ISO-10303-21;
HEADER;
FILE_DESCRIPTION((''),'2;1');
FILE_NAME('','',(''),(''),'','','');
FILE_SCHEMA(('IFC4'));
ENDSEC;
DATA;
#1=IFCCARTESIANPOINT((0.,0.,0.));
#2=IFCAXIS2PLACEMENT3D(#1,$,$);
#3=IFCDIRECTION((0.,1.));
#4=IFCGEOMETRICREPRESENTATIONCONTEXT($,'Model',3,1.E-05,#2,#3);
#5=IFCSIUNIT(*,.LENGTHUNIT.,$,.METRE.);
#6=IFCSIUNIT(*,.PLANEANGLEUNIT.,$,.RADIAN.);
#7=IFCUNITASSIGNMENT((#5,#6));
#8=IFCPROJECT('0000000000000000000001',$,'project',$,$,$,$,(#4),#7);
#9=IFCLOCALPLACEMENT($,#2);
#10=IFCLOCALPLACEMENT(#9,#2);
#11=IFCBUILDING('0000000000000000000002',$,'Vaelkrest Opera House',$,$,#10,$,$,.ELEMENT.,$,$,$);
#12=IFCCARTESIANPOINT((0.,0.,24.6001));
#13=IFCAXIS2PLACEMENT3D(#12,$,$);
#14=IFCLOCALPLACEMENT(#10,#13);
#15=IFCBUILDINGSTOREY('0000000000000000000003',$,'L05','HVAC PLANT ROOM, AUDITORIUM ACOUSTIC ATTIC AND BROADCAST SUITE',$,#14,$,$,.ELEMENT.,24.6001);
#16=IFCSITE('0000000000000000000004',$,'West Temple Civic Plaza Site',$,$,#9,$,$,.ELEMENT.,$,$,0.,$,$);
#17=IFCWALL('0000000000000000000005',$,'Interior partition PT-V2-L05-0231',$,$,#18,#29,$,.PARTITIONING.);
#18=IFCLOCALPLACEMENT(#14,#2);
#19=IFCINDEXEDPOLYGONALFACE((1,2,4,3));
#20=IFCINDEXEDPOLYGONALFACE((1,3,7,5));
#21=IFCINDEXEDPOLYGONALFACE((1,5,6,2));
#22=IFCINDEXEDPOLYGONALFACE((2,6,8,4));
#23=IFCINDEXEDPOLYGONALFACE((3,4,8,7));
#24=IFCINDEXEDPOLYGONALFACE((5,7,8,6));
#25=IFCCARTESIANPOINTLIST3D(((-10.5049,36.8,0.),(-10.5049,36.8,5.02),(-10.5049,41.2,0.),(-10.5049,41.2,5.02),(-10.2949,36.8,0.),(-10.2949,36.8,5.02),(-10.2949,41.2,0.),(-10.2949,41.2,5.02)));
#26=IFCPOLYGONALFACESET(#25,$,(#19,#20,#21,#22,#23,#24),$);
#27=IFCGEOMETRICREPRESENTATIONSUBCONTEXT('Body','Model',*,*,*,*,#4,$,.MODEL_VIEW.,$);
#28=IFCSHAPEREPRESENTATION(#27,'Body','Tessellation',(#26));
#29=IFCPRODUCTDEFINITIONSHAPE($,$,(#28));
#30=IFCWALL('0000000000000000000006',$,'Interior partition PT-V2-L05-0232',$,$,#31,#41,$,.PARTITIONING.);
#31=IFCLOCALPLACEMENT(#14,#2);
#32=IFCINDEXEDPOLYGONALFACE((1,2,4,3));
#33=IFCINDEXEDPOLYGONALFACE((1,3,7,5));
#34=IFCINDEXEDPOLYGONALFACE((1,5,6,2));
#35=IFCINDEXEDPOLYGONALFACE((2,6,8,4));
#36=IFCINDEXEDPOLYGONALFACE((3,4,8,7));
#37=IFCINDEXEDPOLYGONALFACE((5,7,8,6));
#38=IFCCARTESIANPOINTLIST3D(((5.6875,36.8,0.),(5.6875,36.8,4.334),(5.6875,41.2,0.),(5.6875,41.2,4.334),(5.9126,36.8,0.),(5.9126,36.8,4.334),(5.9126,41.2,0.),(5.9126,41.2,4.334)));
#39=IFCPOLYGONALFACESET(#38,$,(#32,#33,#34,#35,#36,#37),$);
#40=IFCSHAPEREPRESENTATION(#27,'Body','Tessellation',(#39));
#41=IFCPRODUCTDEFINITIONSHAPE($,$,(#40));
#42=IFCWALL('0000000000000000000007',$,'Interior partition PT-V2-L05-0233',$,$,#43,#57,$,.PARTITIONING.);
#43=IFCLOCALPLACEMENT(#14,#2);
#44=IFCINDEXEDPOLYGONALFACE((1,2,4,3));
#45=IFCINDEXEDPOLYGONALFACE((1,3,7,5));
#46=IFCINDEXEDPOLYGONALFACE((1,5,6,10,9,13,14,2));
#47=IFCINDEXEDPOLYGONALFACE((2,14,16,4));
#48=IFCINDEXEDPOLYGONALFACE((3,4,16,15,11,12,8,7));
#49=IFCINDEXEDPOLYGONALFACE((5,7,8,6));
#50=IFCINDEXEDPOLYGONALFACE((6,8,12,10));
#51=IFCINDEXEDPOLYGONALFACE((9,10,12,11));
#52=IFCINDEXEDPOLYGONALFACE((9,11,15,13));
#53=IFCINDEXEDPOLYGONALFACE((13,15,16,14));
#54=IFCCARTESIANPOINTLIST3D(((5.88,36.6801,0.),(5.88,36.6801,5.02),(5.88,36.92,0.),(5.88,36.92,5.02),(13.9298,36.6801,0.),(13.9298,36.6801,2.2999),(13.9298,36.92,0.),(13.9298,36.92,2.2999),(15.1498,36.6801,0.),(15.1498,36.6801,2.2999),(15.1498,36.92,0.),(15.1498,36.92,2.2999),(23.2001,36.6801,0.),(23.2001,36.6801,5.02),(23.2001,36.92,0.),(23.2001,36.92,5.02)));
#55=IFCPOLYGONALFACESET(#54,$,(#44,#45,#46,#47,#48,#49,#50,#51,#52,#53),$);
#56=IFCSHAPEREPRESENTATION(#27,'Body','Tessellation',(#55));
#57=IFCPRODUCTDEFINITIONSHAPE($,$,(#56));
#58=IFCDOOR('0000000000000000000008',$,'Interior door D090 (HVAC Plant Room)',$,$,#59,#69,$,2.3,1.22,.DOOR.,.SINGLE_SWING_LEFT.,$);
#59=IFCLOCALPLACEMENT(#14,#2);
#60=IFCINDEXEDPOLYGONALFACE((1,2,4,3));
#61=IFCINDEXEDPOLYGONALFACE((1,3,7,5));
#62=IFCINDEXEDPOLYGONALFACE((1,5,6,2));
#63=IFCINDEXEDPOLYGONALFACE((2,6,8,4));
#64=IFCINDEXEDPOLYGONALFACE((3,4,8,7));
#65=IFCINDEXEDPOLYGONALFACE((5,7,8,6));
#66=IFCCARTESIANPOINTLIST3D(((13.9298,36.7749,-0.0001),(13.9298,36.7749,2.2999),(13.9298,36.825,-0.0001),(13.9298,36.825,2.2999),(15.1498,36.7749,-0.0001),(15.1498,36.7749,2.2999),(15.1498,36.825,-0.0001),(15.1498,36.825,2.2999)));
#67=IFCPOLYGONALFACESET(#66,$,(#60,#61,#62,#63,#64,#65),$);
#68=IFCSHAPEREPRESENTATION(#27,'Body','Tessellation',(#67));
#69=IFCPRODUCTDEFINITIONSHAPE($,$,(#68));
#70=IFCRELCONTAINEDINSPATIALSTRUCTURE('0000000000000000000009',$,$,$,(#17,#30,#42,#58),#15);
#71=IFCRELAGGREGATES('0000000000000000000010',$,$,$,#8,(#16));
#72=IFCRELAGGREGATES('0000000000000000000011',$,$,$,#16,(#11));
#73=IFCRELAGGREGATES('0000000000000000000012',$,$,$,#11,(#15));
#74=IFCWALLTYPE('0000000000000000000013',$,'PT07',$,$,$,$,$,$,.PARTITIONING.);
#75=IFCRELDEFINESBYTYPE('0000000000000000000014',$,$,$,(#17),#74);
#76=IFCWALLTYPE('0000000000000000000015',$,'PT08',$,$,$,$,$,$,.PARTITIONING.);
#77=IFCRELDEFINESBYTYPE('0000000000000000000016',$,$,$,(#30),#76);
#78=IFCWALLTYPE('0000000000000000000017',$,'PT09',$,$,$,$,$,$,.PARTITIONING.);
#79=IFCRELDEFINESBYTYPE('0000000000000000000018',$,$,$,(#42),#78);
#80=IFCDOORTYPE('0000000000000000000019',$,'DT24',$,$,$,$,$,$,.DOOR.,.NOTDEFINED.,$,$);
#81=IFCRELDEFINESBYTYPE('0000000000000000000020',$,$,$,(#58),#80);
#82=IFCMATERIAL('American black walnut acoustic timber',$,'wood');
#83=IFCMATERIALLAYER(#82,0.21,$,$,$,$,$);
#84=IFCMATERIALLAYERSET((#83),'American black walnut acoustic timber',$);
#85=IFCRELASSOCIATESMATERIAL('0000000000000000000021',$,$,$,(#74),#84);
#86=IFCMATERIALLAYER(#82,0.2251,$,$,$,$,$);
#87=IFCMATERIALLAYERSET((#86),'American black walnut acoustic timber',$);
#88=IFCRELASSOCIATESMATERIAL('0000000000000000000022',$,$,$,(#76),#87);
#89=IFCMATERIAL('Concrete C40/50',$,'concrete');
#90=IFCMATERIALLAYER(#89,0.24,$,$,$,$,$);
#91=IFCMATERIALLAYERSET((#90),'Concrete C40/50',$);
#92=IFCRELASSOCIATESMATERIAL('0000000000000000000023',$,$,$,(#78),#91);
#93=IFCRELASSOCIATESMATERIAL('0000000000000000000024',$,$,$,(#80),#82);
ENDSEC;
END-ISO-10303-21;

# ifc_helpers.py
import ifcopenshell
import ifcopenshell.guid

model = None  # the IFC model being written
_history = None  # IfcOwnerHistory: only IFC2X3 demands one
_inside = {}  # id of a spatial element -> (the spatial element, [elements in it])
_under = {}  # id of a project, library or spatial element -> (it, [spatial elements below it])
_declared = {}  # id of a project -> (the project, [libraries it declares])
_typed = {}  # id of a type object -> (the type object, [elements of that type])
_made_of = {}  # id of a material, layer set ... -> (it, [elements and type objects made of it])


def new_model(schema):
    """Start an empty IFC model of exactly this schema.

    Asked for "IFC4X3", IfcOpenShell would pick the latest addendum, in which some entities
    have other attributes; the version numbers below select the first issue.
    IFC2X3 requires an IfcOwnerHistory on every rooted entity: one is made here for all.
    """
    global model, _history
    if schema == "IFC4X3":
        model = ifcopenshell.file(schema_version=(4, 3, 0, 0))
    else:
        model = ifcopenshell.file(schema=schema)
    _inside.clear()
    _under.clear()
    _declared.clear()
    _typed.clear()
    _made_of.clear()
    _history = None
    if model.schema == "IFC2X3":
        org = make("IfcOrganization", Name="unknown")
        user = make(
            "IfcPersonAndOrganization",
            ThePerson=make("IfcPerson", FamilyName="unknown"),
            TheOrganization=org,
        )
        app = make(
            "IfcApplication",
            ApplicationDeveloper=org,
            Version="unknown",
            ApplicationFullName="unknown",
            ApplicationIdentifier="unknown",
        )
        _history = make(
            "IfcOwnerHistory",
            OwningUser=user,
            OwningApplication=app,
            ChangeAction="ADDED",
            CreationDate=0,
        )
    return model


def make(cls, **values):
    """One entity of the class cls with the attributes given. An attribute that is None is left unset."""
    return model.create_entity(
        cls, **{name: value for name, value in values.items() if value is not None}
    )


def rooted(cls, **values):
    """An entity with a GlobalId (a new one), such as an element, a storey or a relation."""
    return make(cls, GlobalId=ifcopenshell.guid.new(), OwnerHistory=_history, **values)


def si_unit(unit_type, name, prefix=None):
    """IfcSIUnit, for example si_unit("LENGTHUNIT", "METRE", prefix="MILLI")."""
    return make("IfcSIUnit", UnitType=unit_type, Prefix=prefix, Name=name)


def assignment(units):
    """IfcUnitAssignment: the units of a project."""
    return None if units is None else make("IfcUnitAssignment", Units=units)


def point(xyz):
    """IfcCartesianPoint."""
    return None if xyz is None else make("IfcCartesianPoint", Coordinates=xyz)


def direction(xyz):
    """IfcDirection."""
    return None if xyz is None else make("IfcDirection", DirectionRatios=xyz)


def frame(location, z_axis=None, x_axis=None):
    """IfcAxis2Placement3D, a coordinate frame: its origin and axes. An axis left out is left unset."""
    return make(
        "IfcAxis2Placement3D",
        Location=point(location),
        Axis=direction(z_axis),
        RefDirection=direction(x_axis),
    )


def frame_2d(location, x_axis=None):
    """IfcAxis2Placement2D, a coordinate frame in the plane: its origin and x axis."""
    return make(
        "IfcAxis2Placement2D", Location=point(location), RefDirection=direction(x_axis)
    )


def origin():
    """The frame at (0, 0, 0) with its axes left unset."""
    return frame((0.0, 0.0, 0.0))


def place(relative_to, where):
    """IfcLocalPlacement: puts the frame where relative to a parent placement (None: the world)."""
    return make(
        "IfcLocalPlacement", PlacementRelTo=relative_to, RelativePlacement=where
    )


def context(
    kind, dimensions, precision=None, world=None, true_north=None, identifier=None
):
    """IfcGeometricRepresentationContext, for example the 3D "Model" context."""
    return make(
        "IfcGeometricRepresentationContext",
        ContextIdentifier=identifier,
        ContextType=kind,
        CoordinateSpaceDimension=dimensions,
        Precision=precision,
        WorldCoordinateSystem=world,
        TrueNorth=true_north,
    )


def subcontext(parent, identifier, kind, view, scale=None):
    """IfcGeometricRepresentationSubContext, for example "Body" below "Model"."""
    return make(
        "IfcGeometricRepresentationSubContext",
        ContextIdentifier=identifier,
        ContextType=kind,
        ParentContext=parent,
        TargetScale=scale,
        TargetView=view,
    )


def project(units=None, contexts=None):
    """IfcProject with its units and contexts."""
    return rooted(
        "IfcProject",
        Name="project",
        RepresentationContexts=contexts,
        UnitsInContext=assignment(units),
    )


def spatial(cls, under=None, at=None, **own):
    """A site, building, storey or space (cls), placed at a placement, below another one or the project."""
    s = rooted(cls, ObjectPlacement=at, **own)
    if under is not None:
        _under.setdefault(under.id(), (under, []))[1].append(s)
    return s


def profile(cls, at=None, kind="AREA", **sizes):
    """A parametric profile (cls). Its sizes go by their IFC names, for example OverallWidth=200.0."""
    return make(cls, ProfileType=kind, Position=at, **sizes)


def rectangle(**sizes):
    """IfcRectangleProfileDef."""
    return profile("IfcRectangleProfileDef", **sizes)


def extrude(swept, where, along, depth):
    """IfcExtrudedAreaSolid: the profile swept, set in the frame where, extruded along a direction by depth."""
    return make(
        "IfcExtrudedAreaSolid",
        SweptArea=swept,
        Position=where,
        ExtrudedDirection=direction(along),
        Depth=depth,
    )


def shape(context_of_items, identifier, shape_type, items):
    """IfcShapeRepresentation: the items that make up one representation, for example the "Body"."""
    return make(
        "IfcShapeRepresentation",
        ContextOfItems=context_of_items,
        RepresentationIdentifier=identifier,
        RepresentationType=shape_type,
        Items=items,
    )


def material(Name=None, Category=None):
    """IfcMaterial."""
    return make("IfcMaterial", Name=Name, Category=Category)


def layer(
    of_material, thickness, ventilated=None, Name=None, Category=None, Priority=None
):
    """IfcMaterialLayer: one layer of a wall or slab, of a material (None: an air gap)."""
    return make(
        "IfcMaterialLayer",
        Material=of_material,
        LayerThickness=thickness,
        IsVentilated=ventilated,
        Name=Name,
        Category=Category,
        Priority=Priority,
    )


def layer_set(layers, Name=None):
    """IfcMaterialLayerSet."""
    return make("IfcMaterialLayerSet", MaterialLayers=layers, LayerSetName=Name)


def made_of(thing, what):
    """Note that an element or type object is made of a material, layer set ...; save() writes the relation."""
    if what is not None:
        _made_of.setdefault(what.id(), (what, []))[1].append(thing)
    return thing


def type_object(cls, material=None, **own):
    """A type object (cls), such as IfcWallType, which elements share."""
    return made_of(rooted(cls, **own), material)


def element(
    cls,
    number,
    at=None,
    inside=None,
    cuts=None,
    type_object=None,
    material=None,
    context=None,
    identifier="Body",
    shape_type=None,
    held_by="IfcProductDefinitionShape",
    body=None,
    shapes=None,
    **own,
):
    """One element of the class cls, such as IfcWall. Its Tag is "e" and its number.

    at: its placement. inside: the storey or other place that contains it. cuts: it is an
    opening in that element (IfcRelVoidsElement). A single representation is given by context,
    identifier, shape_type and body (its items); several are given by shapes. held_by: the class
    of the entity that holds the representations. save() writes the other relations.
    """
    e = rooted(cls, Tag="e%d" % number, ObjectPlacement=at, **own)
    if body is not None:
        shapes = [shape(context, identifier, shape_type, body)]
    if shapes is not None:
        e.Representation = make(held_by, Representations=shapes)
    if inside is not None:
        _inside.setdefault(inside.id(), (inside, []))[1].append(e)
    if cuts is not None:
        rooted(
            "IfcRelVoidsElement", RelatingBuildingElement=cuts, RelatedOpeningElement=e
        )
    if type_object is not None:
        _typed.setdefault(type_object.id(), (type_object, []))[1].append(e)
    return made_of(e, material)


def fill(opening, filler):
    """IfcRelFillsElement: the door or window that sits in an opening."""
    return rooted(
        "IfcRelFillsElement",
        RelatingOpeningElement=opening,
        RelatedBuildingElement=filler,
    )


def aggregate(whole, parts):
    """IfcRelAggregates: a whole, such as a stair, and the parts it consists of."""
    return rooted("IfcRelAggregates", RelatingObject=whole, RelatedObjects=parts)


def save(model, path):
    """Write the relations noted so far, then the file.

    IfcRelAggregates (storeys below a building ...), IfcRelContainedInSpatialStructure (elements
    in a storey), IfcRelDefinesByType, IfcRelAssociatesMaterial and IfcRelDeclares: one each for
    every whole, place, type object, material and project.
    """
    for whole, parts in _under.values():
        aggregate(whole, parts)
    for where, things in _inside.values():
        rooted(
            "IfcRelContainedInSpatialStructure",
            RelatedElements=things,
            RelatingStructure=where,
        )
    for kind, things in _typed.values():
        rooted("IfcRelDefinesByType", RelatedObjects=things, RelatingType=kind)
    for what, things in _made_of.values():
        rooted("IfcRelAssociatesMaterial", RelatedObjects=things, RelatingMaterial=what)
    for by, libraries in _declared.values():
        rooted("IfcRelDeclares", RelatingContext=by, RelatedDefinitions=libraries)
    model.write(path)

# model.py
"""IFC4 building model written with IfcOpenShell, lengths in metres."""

from ifc_helpers import new_model, si_unit, direction, frame, frame_2d, origin, place, context, subcontext, project, spatial, rectangle, extrude, material, layer, layer_set, type_object, element, fill, save


model = new_model("IFC4")

# Units and contexts
model_context = context("Model", 3, precision=1e-05, world=origin(), true_north=direction((0.0, 1.0)))
body_context = subcontext(model_context, "Body", "Model", "MODEL_VIEW")
ifc_project = project(units=[si_unit("LENGTHUNIT", "METRE"), si_unit("PLANEANGLEUNIT", "RADIAN")], contexts=[model_context])

# Site, building, storey
site_placement = place(None, origin())
site = spatial("IfcSite", under=ifc_project, at=site_placement, Name="West Temple Civic Plaza Site", CompositionType="ELEMENT", RefElevation=0.0)
building_placement = place(site_placement, origin())
building = spatial("IfcBuilding", under=site, at=building_placement, Name="Vaelkrest Opera House", CompositionType="ELEMENT")
storey_placement = place(building_placement, frame((0.0, 0.0, 24.6001)))
storey = spatial("IfcBuildingStorey", under=building, at=storey_placement, Name="L05", Description="HVAC PLANT ROOM, AUDITORIUM ACOUSTIC ATTIC AND BROADCAST SUITE", CompositionType="ELEMENT", Elevation=24.6001)

# Walls
ifc_material_1 = material(Name="American black walnut acoustic timber", Category="wood")
ifc_layer_1 = layer(ifc_material_1, 0.21)
ifc_layer_set_1 = layer_set([ifc_layer_1], Name="American black walnut acoustic timber")
wall_type_1 = type_object("IfcWallType", Name="PT07", PredefinedType="PARTITIONING", material=ifc_layer_set_1)
wall_1_placement = place(storey_placement, frame((-10.3999, 36.8, 0.0), z_axis=(0.0, 0.0, 1.0), x_axis=(0.0, 1.0, 0.0)))
element("IfcWall", 1, at=wall_1_placement, inside=storey, type_object=wall_type_1, Name="Interior partition PT-V2-L05-0231", PredefinedType="PARTITIONING", context=body_context, shape_type="SweptSolid", body=[
    extrude(rectangle(XDim=4.3999, YDim=0.21, at=frame_2d((2.2, 0.0))), origin(), (0.0, 0.0, 1.0), 5.02),
])
ifc_layer_2 = layer(ifc_material_1, 0.2251)
ifc_layer_set_2 = layer_set([ifc_layer_2], Name="American black walnut acoustic timber")
wall_type_2 = type_object("IfcWallType", Name="PT08", PredefinedType="PARTITIONING", material=ifc_layer_set_2)
wall_2_placement = place(storey_placement, frame((5.8, 36.8, 0.0), z_axis=(0.0, 0.0, 1.0), x_axis=(0.0, 1.0, 0.0)))
element("IfcWall", 2, at=wall_2_placement, inside=storey, type_object=wall_type_2, Name="Interior partition PT-V2-L05-0232", PredefinedType="PARTITIONING", context=body_context, shape_type="SweptSolid", body=[
    extrude(rectangle(XDim=4.3999, YDim=0.2251, at=frame_2d((2.2, 0.0))), origin(), (0.0, 0.0, 1.0), 4.334),
])

# Wall, opening, door
ifc_material_2 = material(Name="Concrete C40/50", Category="concrete")
ifc_layer_3 = layer(ifc_material_2, 0.24)
ifc_layer_set_3 = layer_set([ifc_layer_3], Name="Concrete C40/50")
wall_type_3 = type_object("IfcWallType", Name="PT09", PredefinedType="PARTITIONING", material=ifc_layer_set_3)
wall_3_placement = place(storey_placement, frame((5.8799, 36.8, 0.0), z_axis=(0.0, 0.0, 1.0), x_axis=(1.0, 0.0, 0.0)))
wall_3 = element("IfcWall", 3, at=wall_3_placement, inside=storey, type_object=wall_type_3, Name="Interior partition PT-V2-L05-0233", PredefinedType="PARTITIONING", context=body_context, shape_type="SweptSolid", body=[
    extrude(rectangle(XDim=17.3201, YDim=0.24, at=frame_2d((8.6602, 0.0))), origin(), (0.0, 0.0, 1.0), 5.02),
])
opening_placement = place(wall_3_placement, frame((8.05, 0.0, 0.0)))
opening = element("IfcOpeningElement", 4, at=opening_placement, cuts=wall_3, PredefinedType="OPENING", context=body_context, shape_type="SweptSolid", body=[
    extrude(rectangle(XDim=1.22, YDim=2.3, at=frame_2d((0.6099, 1.1499))), frame((0.0, 0.1299, 0.0), z_axis=(0.0, -1.0, 0.0), x_axis=(1.0, 0.0, 0.0)), (0.0, 0.0, 1.0), 0.26),
])
door_type = type_object("IfcDoorType", Name="DT24", OperationType="NOTDEFINED", PredefinedType="DOOR", material=ifc_material_1)
door_placement = place(opening_placement, origin())
door = element("IfcDoor", 5, at=door_placement, inside=storey, type_object=door_type, Name="Interior door D090 (HVAC Plant Room)", OperationType="SINGLE_SWING_LEFT", OverallHeight=2.3, OverallWidth=1.22, PredefinedType="DOOR", context=body_context, shape_type="SweptSolid", body=[
    extrude(rectangle(XDim=1.22, YDim=2.3, at=frame_2d((0.6099, 1.1499))), frame((0.0, 0.0249, 0.0), z_axis=(0.0, -1.0, 0.0), x_axis=(1.0, 0.0, 0.0)), (0.0, 0.0, 1.0), 0.05),
])
fill(opening, door)

save(model, "model.ifc")
